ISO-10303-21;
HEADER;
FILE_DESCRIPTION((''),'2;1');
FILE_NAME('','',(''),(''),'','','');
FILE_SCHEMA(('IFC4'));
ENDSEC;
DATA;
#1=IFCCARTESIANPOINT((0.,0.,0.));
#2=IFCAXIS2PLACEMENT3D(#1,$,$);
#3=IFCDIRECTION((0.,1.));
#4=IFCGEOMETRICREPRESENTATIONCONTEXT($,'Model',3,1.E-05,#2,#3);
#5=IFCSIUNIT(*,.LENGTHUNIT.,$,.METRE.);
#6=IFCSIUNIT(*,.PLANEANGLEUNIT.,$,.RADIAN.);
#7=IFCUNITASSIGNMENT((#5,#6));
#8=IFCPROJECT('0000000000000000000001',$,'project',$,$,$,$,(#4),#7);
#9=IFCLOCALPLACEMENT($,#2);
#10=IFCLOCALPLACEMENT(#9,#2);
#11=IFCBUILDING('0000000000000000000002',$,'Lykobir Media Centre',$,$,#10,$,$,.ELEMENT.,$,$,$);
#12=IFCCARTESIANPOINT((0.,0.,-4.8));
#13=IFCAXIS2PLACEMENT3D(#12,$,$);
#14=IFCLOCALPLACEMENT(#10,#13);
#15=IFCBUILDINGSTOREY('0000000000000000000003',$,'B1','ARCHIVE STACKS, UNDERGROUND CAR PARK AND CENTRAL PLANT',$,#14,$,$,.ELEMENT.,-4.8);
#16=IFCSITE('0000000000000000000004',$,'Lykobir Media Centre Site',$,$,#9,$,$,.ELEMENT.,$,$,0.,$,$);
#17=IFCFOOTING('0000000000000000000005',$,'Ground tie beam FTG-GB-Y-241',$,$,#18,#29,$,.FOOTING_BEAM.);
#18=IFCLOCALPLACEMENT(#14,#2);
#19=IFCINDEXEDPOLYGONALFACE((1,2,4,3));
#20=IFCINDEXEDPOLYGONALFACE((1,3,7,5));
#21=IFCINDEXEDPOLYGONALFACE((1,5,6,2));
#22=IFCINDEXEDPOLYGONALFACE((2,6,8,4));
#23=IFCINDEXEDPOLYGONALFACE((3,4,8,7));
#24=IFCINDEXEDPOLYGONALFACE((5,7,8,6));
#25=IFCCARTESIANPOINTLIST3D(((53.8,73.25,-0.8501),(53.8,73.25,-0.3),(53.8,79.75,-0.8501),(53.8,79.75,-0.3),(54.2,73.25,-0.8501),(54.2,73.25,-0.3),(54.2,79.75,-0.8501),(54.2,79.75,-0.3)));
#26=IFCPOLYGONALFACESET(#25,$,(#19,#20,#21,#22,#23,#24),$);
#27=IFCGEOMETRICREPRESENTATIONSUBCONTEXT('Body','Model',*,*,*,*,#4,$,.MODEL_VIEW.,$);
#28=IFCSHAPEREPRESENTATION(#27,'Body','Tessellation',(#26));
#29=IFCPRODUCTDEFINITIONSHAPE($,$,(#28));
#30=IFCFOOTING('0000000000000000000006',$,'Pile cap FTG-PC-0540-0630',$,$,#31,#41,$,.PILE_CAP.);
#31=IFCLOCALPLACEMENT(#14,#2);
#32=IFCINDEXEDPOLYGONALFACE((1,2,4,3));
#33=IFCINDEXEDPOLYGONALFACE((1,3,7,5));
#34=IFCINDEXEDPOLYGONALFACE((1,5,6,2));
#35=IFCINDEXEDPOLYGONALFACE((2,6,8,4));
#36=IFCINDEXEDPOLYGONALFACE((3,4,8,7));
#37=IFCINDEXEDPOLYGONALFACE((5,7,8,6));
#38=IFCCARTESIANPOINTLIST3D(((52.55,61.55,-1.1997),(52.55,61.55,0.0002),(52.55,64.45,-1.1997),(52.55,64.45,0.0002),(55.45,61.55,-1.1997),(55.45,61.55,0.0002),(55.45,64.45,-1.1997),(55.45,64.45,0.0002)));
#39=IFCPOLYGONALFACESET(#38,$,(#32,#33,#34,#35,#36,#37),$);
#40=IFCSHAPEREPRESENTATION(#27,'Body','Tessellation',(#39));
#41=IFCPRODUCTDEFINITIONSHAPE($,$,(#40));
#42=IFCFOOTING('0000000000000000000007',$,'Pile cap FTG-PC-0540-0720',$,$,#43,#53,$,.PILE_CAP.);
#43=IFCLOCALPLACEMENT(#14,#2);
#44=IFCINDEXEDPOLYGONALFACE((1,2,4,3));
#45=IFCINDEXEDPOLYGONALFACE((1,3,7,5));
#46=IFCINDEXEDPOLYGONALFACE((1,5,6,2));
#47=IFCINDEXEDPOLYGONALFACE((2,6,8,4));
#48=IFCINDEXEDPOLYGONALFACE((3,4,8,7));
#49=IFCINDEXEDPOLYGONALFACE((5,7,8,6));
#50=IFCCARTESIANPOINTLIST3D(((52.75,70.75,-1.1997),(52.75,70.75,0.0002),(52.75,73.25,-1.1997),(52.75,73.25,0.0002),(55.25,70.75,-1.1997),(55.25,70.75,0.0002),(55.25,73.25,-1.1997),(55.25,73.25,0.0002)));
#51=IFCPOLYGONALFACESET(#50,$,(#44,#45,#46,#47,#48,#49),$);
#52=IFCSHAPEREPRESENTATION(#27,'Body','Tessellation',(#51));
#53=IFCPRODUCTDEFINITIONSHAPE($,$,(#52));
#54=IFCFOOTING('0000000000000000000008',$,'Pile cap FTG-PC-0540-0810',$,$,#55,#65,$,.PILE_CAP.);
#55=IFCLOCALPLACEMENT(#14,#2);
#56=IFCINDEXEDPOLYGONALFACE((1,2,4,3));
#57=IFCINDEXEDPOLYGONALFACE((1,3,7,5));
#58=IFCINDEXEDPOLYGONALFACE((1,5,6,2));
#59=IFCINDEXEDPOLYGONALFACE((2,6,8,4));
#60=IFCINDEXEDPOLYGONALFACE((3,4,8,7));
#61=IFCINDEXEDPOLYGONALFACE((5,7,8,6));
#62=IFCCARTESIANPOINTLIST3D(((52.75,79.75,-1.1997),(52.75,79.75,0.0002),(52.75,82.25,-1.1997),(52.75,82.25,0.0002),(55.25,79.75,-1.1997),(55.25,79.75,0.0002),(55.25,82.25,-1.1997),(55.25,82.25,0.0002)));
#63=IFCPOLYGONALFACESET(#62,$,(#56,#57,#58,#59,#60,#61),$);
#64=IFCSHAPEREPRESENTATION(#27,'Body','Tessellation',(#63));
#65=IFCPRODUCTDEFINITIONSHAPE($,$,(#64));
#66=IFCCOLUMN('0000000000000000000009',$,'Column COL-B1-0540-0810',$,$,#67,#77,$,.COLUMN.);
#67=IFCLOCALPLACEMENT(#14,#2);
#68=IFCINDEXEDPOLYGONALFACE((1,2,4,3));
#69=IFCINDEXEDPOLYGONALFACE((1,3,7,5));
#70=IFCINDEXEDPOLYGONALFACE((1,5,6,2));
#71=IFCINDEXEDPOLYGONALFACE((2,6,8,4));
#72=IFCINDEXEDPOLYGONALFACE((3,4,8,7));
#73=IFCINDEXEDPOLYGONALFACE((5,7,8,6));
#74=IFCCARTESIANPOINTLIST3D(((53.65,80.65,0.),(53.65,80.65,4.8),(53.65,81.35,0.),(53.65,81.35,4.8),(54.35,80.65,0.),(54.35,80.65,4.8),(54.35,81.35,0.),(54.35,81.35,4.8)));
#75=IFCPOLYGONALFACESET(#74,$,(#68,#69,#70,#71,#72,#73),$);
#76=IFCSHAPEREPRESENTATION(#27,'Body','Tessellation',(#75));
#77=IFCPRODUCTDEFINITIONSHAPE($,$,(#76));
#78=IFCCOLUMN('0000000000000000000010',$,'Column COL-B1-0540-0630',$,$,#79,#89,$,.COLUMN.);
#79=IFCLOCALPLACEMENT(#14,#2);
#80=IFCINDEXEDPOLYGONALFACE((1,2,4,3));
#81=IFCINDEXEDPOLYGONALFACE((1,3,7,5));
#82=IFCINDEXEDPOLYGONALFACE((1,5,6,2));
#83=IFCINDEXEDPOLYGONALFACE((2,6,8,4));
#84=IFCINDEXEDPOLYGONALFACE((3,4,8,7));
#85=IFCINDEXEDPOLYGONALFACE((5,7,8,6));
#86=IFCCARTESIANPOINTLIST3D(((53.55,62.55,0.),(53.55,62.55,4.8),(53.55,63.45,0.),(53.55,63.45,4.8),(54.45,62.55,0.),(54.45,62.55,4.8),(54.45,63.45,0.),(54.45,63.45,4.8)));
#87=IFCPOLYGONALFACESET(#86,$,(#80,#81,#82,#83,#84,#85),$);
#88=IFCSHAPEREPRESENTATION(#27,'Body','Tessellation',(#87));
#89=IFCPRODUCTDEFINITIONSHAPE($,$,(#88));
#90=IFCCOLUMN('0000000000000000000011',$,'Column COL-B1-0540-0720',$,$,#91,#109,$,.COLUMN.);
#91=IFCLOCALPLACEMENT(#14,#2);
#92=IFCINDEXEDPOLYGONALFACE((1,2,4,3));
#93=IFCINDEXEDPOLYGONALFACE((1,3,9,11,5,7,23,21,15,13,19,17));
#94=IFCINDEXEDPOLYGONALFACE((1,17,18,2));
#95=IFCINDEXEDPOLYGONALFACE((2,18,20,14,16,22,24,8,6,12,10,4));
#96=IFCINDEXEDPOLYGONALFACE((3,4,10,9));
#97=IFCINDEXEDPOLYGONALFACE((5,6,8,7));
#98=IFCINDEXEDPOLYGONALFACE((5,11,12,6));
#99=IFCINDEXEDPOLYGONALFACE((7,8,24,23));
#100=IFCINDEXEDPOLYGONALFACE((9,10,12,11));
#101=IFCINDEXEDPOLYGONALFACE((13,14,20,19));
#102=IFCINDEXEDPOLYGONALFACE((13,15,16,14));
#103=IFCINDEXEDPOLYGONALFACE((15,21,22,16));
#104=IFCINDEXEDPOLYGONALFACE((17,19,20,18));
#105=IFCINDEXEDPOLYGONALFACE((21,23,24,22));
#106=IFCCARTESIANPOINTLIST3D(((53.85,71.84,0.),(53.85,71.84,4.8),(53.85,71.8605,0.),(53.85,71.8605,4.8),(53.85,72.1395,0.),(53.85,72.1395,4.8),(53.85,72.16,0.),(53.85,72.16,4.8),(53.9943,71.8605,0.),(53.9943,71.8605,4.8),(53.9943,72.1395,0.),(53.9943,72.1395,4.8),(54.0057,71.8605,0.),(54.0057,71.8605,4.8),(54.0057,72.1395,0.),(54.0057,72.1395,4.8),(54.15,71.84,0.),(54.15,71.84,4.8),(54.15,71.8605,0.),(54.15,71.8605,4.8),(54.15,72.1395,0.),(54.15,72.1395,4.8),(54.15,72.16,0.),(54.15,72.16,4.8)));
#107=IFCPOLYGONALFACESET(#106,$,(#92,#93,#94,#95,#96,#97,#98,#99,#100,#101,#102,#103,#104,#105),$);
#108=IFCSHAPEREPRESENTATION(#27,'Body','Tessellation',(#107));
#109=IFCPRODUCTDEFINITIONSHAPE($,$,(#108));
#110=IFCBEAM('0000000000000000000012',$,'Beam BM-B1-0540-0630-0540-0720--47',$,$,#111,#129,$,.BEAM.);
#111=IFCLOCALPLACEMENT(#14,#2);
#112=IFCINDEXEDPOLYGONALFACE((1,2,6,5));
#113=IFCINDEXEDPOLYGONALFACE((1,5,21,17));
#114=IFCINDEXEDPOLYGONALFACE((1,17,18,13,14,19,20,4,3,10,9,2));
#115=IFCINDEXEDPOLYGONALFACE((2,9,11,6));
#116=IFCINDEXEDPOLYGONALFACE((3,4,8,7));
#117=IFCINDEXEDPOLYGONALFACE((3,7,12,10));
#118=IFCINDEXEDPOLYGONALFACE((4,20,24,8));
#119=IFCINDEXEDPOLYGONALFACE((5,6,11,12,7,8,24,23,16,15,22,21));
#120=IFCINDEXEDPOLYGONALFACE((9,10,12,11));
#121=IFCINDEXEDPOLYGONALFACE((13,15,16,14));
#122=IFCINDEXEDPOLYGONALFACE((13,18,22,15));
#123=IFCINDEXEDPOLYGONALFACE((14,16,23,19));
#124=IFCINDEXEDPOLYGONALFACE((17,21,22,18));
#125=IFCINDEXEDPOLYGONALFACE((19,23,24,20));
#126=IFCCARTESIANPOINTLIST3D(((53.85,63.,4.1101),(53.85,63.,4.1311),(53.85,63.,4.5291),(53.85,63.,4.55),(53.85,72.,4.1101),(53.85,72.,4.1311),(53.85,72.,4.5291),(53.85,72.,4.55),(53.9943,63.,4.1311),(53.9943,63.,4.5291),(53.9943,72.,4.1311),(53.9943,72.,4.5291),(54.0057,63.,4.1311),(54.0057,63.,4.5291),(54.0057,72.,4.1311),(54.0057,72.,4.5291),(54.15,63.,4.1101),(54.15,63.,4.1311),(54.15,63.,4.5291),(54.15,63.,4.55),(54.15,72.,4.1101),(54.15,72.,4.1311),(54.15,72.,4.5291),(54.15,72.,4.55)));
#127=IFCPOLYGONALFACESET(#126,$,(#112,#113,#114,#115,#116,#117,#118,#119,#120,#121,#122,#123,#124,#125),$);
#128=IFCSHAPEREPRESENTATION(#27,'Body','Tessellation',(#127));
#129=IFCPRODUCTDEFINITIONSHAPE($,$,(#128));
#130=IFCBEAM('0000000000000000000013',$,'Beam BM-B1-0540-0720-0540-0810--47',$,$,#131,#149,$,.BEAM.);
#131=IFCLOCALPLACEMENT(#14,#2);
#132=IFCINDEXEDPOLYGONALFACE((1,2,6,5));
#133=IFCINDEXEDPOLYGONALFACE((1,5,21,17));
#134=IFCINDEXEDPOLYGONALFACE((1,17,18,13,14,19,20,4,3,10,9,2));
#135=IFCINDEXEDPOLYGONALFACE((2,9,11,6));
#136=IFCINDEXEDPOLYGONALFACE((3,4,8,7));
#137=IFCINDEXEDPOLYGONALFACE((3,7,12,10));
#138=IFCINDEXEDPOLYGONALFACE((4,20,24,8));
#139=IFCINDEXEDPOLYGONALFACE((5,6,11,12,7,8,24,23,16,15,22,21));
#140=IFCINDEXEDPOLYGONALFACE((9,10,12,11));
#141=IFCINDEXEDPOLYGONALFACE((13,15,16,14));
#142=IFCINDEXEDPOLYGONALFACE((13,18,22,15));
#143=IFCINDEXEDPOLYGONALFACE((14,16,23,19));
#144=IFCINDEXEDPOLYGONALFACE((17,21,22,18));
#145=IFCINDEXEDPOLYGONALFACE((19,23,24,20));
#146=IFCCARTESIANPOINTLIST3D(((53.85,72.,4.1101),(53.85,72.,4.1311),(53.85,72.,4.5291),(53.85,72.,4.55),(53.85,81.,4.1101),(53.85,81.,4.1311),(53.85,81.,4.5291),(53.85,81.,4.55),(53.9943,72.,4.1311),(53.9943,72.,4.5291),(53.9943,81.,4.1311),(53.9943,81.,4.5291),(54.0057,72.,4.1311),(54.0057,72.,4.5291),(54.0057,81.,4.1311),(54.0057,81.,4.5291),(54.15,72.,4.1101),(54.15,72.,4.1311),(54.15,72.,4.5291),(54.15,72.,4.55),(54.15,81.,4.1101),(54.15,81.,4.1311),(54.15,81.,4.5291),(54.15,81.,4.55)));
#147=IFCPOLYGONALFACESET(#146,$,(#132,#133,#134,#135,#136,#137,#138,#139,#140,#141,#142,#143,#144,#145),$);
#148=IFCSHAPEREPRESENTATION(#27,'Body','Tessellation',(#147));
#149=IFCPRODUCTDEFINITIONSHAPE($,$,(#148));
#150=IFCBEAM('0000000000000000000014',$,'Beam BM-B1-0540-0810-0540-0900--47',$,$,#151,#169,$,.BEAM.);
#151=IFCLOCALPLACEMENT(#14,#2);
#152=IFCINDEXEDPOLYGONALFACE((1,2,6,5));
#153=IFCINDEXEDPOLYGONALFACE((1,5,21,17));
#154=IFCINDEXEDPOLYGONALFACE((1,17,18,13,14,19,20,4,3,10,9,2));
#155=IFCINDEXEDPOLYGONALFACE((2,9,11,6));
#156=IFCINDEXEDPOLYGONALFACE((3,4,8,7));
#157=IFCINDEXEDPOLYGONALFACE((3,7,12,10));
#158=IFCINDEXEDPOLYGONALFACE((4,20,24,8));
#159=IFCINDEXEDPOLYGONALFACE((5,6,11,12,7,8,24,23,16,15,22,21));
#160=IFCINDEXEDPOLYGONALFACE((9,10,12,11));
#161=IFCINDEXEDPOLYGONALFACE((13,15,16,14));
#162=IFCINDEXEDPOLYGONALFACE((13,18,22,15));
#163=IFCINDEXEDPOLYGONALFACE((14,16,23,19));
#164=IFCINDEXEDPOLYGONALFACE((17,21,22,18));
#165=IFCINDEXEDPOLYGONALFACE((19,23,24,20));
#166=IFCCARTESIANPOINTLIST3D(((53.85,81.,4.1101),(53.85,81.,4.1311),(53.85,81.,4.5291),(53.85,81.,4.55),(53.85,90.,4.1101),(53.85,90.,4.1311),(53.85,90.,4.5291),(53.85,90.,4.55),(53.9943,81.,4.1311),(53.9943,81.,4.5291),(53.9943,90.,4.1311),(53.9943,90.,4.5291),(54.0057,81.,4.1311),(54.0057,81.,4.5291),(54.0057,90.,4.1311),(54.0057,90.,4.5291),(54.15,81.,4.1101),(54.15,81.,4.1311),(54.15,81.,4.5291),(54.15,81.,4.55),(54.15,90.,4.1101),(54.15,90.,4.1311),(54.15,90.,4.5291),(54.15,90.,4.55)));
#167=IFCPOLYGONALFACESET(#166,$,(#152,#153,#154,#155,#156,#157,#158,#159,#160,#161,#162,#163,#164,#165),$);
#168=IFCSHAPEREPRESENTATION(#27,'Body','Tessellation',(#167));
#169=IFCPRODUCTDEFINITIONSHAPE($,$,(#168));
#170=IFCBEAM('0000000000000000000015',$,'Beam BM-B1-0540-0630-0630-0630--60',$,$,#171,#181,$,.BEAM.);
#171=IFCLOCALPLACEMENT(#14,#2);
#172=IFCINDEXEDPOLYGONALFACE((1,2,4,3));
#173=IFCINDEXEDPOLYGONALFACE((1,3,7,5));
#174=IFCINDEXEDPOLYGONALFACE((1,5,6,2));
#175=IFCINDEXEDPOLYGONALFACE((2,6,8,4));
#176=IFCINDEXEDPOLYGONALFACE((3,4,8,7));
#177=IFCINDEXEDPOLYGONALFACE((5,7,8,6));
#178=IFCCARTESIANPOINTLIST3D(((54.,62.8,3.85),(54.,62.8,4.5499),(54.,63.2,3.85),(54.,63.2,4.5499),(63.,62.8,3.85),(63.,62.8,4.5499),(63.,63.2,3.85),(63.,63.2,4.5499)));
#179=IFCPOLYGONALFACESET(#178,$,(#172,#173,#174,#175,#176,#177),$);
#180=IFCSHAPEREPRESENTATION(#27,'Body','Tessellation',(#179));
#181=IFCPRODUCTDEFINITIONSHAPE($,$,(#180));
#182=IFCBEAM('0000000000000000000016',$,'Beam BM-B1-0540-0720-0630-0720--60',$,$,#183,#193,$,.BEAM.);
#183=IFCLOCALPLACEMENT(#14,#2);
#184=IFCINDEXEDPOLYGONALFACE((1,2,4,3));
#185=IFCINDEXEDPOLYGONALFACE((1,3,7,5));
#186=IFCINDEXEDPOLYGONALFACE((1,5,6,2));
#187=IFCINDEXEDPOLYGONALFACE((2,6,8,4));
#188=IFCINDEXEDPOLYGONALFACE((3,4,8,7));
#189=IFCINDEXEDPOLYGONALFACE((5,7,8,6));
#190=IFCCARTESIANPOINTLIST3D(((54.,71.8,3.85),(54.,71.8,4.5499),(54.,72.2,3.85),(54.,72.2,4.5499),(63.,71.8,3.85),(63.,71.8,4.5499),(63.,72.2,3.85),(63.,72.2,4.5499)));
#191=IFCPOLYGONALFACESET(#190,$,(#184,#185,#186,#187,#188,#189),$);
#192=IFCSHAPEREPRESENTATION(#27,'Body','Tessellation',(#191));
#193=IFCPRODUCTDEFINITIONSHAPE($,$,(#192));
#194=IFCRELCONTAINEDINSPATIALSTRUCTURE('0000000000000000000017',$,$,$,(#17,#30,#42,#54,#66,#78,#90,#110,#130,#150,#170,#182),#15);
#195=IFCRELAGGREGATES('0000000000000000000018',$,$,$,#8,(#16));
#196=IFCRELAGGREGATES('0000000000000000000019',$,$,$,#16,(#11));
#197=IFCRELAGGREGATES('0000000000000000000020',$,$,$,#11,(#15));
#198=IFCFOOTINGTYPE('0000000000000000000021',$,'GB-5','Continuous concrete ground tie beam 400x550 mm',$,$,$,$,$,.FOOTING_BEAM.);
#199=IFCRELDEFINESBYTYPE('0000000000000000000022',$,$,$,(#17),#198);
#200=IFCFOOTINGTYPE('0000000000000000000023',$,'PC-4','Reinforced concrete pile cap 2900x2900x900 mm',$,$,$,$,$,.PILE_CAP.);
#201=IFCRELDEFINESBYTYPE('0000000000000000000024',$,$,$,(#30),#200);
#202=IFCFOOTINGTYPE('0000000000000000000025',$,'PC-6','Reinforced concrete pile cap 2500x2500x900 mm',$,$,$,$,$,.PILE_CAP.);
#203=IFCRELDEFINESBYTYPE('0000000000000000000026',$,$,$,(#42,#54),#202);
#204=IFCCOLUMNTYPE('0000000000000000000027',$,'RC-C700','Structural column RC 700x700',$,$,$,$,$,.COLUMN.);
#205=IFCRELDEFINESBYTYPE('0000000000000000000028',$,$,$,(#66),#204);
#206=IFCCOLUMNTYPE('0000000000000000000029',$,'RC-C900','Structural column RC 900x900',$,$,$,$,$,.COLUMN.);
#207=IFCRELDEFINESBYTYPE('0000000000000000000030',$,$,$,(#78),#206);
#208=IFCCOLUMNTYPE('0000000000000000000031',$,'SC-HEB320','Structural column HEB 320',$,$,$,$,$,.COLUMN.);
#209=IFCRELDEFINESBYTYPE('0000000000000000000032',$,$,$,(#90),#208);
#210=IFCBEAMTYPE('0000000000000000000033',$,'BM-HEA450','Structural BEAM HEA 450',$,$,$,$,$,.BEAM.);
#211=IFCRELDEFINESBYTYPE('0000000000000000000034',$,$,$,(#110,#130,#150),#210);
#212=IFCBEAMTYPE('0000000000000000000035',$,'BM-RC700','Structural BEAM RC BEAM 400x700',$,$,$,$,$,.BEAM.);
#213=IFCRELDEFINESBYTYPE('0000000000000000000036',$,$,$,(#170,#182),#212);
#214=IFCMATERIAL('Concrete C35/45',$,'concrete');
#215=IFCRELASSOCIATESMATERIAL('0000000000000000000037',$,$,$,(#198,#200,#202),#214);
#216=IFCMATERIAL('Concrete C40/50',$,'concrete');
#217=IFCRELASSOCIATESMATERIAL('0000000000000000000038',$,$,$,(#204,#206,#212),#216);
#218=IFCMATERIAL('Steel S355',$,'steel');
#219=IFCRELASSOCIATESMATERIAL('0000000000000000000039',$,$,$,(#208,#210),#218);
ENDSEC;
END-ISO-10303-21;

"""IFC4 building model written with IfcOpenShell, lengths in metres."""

from ifc_helpers import new_model, si_unit, direction, frame, origin, origin_2d, place, context, subcontext, project, spatial, rectangle, i_section, extrude, material, material_profile, profile_set, type_object, element, save


model = new_model("IFC4")

# Units and contexts
model_context = context("Model", 3, precision=1e-05, world=origin(), true_north=direction((0.0, 1.0)))
body_context = subcontext(model_context, "Body", "Model", "MODEL_VIEW")
ifc_project = project(units=[si_unit("LENGTHUNIT", "METRE"), si_unit("PLANEANGLEUNIT", "RADIAN")], contexts=[model_context])

# Site, building, storey
site_placement = place(None, origin())
site = spatial("IfcSite", under=ifc_project, at=site_placement, Name="Lykobir Media Centre Site", CompositionType="ELEMENT", RefElevation=0.0)
building_placement = place(site_placement, origin())
building = spatial("IfcBuilding", under=site, at=building_placement, Name="Lykobir Media Centre", CompositionType="ELEMENT")
storey_placement = place(building_placement, frame((0.0, 0.0, -4.8)))
storey = spatial("IfcBuildingStorey", under=building, at=storey_placement, Name="B1", Description="ARCHIVE STACKS, UNDERGROUND CAR PARK AND CENTRAL PLANT", CompositionType="ELEMENT", Elevation=-4.8)

# Footings
ifc_material_1 = material(Name="Concrete C35/45", Category="concrete")
footing_type_1 = type_object("IfcFootingType", Name="GB-5", Description="Continuous concrete ground tie beam 400x550 mm", PredefinedType="FOOTING_BEAM", material=ifc_material_1)
footing_1_placement = place(storey_placement, frame((54.0, 76.5, -0.8501), z_axis=(0.0, 0.0, 1.0), x_axis=(0.0, 1.0, 0.0)))
element("IfcFooting", 1, at=footing_1_placement, inside=storey, type_object=footing_type_1, Name="Ground tie beam FTG-GB-Y-241", PredefinedType="FOOTING_BEAM", context=body_context, shape_type="SweptSolid", body=[
    extrude(rectangle(XDim=6.5, YDim=0.3999, at=origin_2d()), origin(), (0.0, 0.0, 1.0), 0.55),
])
footing_type_2 = type_object("IfcFootingType", Name="PC-4", Description="Reinforced concrete pile cap 2900x2900x900 mm", PredefinedType="PILE_CAP", material=ifc_material_1)
footing_2_placement = place(storey_placement, frame((54.0, 63.0, -1.1997), z_axis=(0.0, 0.0, 1.0), x_axis=(1.0, 0.0, 0.0)))
element("IfcFooting", 2, at=footing_2_placement, inside=storey, type_object=footing_type_2, Name="Pile cap FTG-PC-0540-0630", PredefinedType="PILE_CAP", context=body_context, shape_type="SweptSolid", body=[
    extrude(rectangle(XDim=2.8999, YDim=2.8999, at=origin_2d()), origin(), (0.0, 0.0, 1.0), 1.2),
])
footing_type_3 = type_object("IfcFootingType", Name="PC-6", Description="Reinforced concrete pile cap 2500x2500x900 mm", PredefinedType="PILE_CAP", material=ifc_material_1)
for number, where, z_axis, x_axis, name in (
    (3, (54.0, 72.0, -1.1997), (0.0, 0.0, 1.0), (1.0, 0.0, 0.0), "Pile cap FTG-PC-0540-0720"),
    (4, (54.0, 81.0, -1.1997), (0.0, 0.0, 1.0), (1.0, 0.0, 0.0), "Pile cap FTG-PC-0540-0810"),
):
    element("IfcFooting", number, at=place(storey_placement, frame(where, z_axis=z_axis, x_axis=x_axis)), inside=storey, type_object=footing_type_3, Name=name, PredefinedType="PILE_CAP", context=body_context, shape_type="SweptSolid", body=[
        extrude(rectangle(XDim=2.5, YDim=2.5, at=origin_2d()), origin(), (0.0, 0.0, 1.0), 1.2),
    ])

# Columns
ifc_material_2 = material(Name="Concrete C40/50", Category="concrete")
ifc_material_profile_1 = material_profile(ifc_material_2, rectangle(XDim=0.7, YDim=0.7, at=origin_2d()), Name="RC 700x700")
ifc_profile_set_1 = profile_set([ifc_material_profile_1], Name="Concrete C40/50")
column_type_1 = type_object("IfcColumnType", Name="RC-C700", Description="Structural column RC 700x700", PredefinedType="COLUMN", material=ifc_profile_set_1)
column_1_placement = place(storey_placement, frame((54.0, 81.0, 0.0), z_axis=(0.0, 0.0, 1.0), x_axis=(1.0, 0.0, 0.0)))
element("IfcColumn", 5, at=column_1_placement, inside=storey, type_object=column_type_1, Name="Column COL-B1-0540-0810", PredefinedType="COLUMN", context=body_context, shape_type="SweptSolid", body=[
    extrude(rectangle(XDim=0.7, YDim=0.7, at=origin_2d()), origin(), (0.0, 0.0, 1.0), 4.8),
])
ifc_material_profile_2 = material_profile(ifc_material_2, rectangle(XDim=0.8999, YDim=0.8999, at=origin_2d()), Name="RC 900x900")
ifc_profile_set_2 = profile_set([ifc_material_profile_2], Name="Concrete C40/50")
column_type_2 = type_object("IfcColumnType", Name="RC-C900", Description="Structural column RC 900x900", PredefinedType="COLUMN", material=ifc_profile_set_2)
column_2_placement = place(storey_placement, frame((54.0, 63.0, 0.0), z_axis=(0.0, 0.0, 1.0), x_axis=(1.0, 0.0, 0.0)))
element("IfcColumn", 6, at=column_2_placement, inside=storey, type_object=column_type_2, Name="Column COL-B1-0540-0630", PredefinedType="COLUMN", context=body_context, shape_type="SweptSolid", body=[
    extrude(rectangle(XDim=0.8999, YDim=0.8999, at=origin_2d()), origin(), (0.0, 0.0, 1.0), 4.8),
])
ifc_material_3 = material(Name="Steel S355", Category="steel")
ifc_material_profile_3 = material_profile(ifc_material_3, i_section(OverallWidth=0.3, OverallDepth=0.3201, WebThickness=0.0115, FlangeThickness=0.0205, at=origin_2d()), Name="HEB 320")
ifc_profile_set_3 = profile_set([ifc_material_profile_3], Name="Steel S355")
column_type_3 = type_object("IfcColumnType", Name="SC-HEB320", Description="Structural column HEB 320", PredefinedType="COLUMN", material=ifc_profile_set_3)
column_3_placement = place(storey_placement, frame((54.0, 72.0, 0.0), z_axis=(0.0, 0.0, 1.0), x_axis=(1.0, 0.0, 0.0)))
element("IfcColumn", 7, at=column_3_placement, inside=storey, type_object=column_type_3, Name="Column COL-B1-0540-0720", PredefinedType="COLUMN", context=body_context, shape_type="SweptSolid", body=[
    extrude(i_section(OverallWidth=0.3, OverallDepth=0.3201, WebThickness=0.0115, FlangeThickness=0.0205, at=origin_2d()), origin(), (0.0, 0.0, 1.0), 4.8),
])

# Beams
ifc_material_profile_4 = material_profile(ifc_material_3, i_section(OverallWidth=0.3, OverallDepth=0.4399, WebThickness=0.0115, FlangeThickness=0.021, at=origin_2d()), Name="HEA 450")
ifc_profile_set_4 = profile_set([ifc_material_profile_4], Name="Steel S355")
beam_type_1 = type_object("IfcBeamType", Name="BM-HEA450", Description="Structural BEAM HEA 450", PredefinedType="BEAM", material=ifc_profile_set_4)
for number, where, z_axis, x_axis, name in (
    (8, (54.0, 63.0, 4.3301), (0.0, 1.0, 0.0), (-1.0, 0.0, 0.0), "Beam BM-B1-0540-0630-0540-0720--47"),
    (9, (54.0, 72.0, 4.3301), (0.0, 1.0, 0.0), (-1.0, 0.0, 0.0), "Beam BM-B1-0540-0720-0540-0810--47"),
    (10, (54.0, 81.0, 4.3301), (0.0, 1.0, 0.0), (-1.0, 0.0, 0.0), "Beam BM-B1-0540-0810-0540-0900--47"),
):
    element("IfcBeam", number, at=place(storey_placement, frame(where, z_axis=z_axis, x_axis=x_axis)), inside=storey, type_object=beam_type_1, Name=name, PredefinedType="BEAM", context=body_context, shape_type="SweptSolid", body=[
        extrude(i_section(OverallWidth=0.3, OverallDepth=0.4399, WebThickness=0.0115, FlangeThickness=0.021, at=origin_2d()), origin(), (0.0, 0.0, 1.0), 9.0),
    ])
ifc_material_profile_5 = material_profile(ifc_material_2, rectangle(XDim=0.3999, YDim=0.7, at=origin_2d()), Name="RC BEAM 400x700")
ifc_profile_set_5 = profile_set([ifc_material_profile_5], Name="Concrete C40/50")
beam_type_2 = type_object("IfcBeamType", Name="BM-RC700", Description="Structural BEAM RC BEAM 400x700", PredefinedType="BEAM", material=ifc_profile_set_5)
for number, where, z_axis, x_axis, name in (
    (11, (54.0, 63.0, 4.2), (1.0, 0.0, 0.0), (0.0, 1.0, 0.0), "Beam BM-B1-0540-0630-0630-0630--60"),
    (12, (54.0, 72.0, 4.2), (1.0, 0.0, 0.0), (0.0, 1.0, 0.0), "Beam BM-B1-0540-0720-0630-0720--60"),
):
    element("IfcBeam", number, at=place(storey_placement, frame(where, z_axis=z_axis, x_axis=x_axis)), inside=storey, type_object=beam_type_2, Name=name, PredefinedType="BEAM", context=body_context, shape_type="SweptSolid", body=[
        extrude(rectangle(XDim=0.3999, YDim=0.7, at=origin_2d()), origin(), (0.0, 0.0, 1.0), 9.0),
    ])

save(model, "model.ifc")
